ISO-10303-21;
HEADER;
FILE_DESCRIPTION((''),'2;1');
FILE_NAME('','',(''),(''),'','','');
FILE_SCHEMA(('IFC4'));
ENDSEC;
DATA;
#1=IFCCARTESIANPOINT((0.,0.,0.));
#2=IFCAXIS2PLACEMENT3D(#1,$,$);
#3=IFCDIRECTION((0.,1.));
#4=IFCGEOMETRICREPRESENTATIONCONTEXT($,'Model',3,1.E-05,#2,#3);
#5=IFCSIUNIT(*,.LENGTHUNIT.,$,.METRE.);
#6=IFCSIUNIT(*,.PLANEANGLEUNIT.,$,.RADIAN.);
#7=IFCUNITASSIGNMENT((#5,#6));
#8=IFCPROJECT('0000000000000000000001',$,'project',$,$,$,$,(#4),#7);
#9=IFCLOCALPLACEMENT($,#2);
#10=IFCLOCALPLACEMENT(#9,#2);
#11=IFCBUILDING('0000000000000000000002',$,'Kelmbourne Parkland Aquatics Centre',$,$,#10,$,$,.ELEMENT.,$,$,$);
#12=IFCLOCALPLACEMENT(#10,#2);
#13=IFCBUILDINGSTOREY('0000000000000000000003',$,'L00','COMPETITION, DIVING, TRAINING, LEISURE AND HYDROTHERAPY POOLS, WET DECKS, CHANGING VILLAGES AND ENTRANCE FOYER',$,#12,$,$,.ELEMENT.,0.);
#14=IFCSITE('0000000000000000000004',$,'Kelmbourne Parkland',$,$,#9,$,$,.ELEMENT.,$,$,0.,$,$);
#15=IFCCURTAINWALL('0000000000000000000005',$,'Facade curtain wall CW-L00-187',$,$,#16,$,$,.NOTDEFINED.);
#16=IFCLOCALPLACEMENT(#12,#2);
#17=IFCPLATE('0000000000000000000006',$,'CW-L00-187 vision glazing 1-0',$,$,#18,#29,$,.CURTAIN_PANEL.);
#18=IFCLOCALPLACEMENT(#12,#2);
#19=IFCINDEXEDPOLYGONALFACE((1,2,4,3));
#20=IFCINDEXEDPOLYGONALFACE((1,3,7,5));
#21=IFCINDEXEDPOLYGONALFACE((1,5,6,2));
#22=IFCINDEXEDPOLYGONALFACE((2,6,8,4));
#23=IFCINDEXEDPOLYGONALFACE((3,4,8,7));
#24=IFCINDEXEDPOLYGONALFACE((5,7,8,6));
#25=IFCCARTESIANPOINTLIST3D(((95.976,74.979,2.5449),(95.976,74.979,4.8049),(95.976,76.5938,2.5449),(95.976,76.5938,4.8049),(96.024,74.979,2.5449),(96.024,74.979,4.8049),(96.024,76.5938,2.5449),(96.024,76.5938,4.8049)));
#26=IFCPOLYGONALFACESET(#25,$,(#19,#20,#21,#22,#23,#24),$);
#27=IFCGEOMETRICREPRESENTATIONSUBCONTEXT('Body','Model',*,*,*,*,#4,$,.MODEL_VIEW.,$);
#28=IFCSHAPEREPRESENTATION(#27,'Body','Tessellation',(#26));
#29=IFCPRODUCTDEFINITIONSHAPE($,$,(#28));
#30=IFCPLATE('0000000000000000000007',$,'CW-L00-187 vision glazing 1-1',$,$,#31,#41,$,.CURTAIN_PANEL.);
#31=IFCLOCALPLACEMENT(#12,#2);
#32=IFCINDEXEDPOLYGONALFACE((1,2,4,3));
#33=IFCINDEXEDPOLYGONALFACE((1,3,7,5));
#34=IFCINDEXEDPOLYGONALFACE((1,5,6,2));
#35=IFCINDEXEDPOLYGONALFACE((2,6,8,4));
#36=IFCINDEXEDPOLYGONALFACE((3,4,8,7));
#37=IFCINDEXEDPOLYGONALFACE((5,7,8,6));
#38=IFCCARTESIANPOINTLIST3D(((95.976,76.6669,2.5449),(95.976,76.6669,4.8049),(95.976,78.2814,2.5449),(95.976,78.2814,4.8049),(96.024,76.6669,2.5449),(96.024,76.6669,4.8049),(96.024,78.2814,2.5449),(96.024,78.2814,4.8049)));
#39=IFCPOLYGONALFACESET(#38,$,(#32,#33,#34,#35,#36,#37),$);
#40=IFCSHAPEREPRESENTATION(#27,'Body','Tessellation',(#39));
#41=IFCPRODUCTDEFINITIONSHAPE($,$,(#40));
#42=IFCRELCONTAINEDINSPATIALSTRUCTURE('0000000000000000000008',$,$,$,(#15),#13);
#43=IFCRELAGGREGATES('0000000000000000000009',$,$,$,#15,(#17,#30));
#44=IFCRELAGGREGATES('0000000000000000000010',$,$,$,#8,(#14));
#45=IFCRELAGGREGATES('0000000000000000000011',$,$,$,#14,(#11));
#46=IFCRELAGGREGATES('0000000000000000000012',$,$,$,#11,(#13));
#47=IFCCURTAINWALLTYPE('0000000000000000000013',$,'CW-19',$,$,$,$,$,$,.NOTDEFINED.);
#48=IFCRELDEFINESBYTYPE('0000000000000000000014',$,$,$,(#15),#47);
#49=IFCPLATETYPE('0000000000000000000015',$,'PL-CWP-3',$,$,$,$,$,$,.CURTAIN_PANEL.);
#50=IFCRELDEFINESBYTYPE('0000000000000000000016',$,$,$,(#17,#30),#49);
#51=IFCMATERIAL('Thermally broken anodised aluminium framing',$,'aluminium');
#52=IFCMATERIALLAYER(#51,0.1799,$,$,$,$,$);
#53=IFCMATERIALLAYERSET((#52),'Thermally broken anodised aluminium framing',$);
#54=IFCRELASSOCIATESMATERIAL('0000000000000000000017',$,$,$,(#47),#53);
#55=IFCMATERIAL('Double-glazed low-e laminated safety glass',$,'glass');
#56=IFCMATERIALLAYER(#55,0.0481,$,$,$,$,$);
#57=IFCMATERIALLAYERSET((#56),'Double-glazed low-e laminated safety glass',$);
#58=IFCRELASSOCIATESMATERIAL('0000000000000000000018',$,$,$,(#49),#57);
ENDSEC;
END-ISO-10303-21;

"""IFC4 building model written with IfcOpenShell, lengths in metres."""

from ifc_helpers import new_model, si_unit, direction, frame, origin, origin_2d, place, context, subcontext, project, spatial, rectangle, extrude, material, layer, layer_set, type_object, element, aggregate, save


model = new_model("IFC4")

# Units and contexts
model_context = context("Model", 3, precision=1e-05, world=origin(), true_north=direction((0.0, 1.0)))
body_context = subcontext(model_context, "Body", "Model", "MODEL_VIEW")
ifc_project = project(units=[si_unit("LENGTHUNIT", "METRE"), si_unit("PLANEANGLEUNIT", "RADIAN")], contexts=[model_context])

# Site, building, storey
site_placement = place(None, origin())
site = spatial("IfcSite", under=ifc_project, at=site_placement, Name="Kelmbourne Parkland", CompositionType="ELEMENT", RefElevation=0.0)
building_placement = place(site_placement, origin())
building = spatial("IfcBuilding", under=site, at=building_placement, Name="Kelmbourne Parkland Aquatics Centre", CompositionType="ELEMENT")
storey_placement = place(building_placement, origin())
storey = spatial("IfcBuildingStorey", under=building, at=storey_placement, Name="L00", Description="COMPETITION, DIVING, TRAINING, LEISURE AND HYDROTHERAPY POOLS, WET DECKS, CHANGING VILLAGES AND ENTRANCE FOYER", CompositionType="ELEMENT", Elevation=0.0)

# Curtain wall
ifc_material_1 = material(Name="Thermally broken anodised aluminium framing", Category="aluminium")
ifc_layer_1 = layer(ifc_material_1, 0.1799)
ifc_layer_set_1 = layer_set([ifc_layer_1], Name="Thermally broken anodised aluminium framing")
curtain_wall_type_1 = type_object("IfcCurtainWallType", Name="CW-19", PredefinedType="NOTDEFINED", material=ifc_layer_set_1)
curtain_wall_1_placement = place(storey_placement, origin())
curtain_wall_1 = element("IfcCurtainWall", 1, at=curtain_wall_1_placement, inside=storey, type_object=curtain_wall_type_1, Name="Facade curtain wall CW-L00-187", PredefinedType="NOTDEFINED")

# Plates
ifc_material_2 = material(Name="Double-glazed low-e laminated safety glass", Category="glass")
ifc_layer_2 = layer(ifc_material_2, 0.0481)
ifc_layer_set_2 = layer_set([ifc_layer_2], Name="Double-glazed low-e laminated safety glass")
plate_type_1 = type_object("IfcPlateType", Name="PL-CWP-3", PredefinedType="CURTAIN_PANEL", material=ifc_layer_set_2)
plate_1_placement = place(storey_placement, frame((96.0, 75.7864, 2.5449), z_axis=(0.0, 0.0, 1.0), x_axis=(0.0, 1.0, 0.0)))
plate_1 = element("IfcPlate", 2, at=plate_1_placement, type_object=plate_type_1, Name="CW-L00-187 vision glazing 1-0", PredefinedType="CURTAIN_PANEL", context=body_context, shape_type="SweptSolid", body=[
    extrude(rectangle(XDim=1.6147, YDim=0.0481, at=origin_2d()), origin(), (0.0, 0.0, 1.0), 2.26),
])
plate_2_placement = place(storey_placement, frame((96.0, 77.4741, 2.5449), z_axis=(0.0, 0.0, 1.0), x_axis=(0.0, 1.0, 0.0)))
plate_2 = element("IfcPlate", 3, at=plate_2_placement, type_object=plate_type_1, Name="CW-L00-187 vision glazing 1-1", PredefinedType="CURTAIN_PANEL", context=body_context, shape_type="SweptSolid", body=[
    extrude(rectangle(XDim=1.6145, YDim=0.0481, at=origin_2d()), origin(), (0.0, 0.0, 1.0), 2.26),
])
aggregate(curtain_wall_1, [plate_1, plate_2])

save(model, "model.ifc")
